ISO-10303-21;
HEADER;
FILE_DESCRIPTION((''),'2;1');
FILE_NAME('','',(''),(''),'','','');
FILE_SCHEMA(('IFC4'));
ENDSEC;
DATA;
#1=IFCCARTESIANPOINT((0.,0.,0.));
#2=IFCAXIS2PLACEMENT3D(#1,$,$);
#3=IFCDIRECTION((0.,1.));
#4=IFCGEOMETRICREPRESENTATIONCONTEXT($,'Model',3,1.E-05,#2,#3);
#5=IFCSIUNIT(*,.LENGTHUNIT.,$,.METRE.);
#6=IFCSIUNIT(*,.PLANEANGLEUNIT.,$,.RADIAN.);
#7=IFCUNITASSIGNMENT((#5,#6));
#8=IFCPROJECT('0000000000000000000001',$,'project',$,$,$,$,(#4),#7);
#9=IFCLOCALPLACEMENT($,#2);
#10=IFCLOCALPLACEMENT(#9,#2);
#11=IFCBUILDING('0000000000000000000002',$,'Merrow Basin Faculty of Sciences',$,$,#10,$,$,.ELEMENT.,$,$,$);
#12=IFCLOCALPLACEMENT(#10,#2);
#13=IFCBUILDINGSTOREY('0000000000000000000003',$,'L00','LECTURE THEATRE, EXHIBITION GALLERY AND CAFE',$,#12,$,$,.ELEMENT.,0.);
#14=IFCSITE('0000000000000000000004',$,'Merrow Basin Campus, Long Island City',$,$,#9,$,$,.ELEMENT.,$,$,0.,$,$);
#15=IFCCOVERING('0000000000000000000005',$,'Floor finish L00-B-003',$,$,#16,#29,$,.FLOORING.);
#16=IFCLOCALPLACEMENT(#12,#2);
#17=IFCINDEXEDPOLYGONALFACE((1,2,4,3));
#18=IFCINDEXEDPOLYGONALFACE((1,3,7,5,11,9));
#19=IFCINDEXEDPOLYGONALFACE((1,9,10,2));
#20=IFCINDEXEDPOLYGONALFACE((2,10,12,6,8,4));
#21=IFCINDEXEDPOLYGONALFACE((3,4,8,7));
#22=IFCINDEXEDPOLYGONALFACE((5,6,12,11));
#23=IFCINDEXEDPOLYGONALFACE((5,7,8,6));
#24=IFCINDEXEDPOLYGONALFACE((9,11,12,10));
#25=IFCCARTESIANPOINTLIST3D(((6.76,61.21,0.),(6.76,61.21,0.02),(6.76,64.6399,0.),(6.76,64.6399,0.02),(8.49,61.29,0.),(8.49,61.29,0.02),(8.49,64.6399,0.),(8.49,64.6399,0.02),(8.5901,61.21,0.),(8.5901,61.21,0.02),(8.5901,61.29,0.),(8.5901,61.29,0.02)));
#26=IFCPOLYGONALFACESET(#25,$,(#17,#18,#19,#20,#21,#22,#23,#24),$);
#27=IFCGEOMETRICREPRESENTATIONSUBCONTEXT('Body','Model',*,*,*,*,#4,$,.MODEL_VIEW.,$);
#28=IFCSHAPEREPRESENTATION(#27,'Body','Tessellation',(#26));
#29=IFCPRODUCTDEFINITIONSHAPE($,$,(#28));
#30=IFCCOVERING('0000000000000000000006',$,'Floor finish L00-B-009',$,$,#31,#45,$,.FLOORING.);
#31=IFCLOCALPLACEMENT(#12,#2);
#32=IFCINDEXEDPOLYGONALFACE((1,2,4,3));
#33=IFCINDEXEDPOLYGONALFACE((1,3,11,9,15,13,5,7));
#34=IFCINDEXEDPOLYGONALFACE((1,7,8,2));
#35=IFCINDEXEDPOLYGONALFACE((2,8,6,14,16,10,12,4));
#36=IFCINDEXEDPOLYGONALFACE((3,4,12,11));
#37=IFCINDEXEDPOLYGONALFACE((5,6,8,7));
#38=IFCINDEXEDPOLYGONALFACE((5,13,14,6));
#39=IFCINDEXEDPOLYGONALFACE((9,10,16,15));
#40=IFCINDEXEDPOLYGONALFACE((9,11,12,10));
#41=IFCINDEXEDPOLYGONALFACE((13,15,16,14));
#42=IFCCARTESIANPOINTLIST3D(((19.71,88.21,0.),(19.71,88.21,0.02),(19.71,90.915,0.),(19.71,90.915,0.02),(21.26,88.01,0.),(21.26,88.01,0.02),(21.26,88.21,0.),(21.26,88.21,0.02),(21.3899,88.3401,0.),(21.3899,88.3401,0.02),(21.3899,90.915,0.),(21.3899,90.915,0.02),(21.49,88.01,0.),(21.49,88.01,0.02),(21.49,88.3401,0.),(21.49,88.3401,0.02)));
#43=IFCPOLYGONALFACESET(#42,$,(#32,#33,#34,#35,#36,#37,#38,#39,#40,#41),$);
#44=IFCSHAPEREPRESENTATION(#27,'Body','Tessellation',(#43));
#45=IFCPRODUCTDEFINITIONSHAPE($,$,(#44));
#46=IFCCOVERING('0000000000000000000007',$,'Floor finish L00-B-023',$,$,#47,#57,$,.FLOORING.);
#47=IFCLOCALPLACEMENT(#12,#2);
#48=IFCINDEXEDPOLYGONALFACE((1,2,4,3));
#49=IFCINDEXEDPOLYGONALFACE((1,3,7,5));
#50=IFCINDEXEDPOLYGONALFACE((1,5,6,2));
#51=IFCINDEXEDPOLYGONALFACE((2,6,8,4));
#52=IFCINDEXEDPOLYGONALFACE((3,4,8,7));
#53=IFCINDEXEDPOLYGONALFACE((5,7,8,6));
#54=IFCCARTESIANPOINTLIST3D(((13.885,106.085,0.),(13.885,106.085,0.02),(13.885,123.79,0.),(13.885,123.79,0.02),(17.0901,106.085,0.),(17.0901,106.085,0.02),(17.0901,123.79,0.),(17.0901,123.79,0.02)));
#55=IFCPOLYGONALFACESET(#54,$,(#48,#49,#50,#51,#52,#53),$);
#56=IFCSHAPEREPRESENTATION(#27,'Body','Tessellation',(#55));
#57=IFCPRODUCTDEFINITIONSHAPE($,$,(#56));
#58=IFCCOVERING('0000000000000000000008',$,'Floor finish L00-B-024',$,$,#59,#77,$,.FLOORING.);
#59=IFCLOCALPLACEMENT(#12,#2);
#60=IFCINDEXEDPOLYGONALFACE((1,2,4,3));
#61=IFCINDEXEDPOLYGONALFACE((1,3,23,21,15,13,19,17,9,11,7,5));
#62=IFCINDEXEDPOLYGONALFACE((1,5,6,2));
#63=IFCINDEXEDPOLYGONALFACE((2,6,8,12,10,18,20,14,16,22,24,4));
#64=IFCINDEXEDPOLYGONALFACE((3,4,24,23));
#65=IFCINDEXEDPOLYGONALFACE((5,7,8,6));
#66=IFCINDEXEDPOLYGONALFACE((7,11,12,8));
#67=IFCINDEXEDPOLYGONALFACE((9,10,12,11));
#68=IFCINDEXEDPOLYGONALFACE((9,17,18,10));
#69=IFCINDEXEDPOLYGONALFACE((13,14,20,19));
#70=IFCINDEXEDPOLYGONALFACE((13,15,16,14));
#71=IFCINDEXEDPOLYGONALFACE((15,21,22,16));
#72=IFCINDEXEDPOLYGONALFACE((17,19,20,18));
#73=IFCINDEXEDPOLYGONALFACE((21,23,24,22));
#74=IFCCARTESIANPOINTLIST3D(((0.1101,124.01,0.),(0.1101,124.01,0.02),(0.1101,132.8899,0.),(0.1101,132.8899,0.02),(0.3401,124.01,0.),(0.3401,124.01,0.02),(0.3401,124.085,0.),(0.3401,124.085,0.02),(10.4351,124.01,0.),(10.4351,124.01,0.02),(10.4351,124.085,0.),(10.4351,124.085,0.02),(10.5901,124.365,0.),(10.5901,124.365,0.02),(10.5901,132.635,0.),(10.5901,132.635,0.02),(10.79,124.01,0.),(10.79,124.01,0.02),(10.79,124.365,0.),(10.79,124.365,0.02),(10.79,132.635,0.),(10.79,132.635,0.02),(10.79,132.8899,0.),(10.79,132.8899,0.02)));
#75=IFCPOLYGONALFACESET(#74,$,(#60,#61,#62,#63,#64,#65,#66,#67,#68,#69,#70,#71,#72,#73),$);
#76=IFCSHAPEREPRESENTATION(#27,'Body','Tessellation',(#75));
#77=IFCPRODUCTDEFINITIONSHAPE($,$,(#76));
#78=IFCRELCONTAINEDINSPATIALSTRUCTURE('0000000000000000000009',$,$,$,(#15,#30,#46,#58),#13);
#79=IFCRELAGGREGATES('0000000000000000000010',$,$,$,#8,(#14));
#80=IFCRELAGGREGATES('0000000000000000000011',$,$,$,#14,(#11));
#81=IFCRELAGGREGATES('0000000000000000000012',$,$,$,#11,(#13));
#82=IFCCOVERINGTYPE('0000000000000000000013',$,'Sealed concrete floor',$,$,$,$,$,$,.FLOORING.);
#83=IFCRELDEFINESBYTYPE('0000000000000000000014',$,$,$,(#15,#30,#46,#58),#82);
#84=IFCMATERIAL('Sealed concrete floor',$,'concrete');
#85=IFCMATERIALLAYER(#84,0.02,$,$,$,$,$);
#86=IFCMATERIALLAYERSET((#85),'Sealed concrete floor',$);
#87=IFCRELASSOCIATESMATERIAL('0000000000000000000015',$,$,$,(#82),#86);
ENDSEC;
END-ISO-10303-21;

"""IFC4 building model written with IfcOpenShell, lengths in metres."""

from ifc_helpers import new_model, si_unit, direction, origin, place, context, subcontext, project, spatial, polyline, outline, extrude, material, layer, layer_set, type_object, element, save


model = new_model("IFC4")

# Units and contexts
model_context = context("Model", 3, precision=1e-05, world=origin(), true_north=direction((0.0, 1.0)))
body_context = subcontext(model_context, "Body", "Model", "MODEL_VIEW")
ifc_project = project(units=[si_unit("LENGTHUNIT", "METRE"), si_unit("PLANEANGLEUNIT", "RADIAN")], contexts=[model_context])

# Site, building, storey
site_placement = place(None, origin())
site = spatial("IfcSite", under=ifc_project, at=site_placement, Name="Merrow Basin Campus, Long Island City", CompositionType="ELEMENT", RefElevation=0.0)
building_placement = place(site_placement, origin())
building = spatial("IfcBuilding", under=site, at=building_placement, Name="Merrow Basin Faculty of Sciences", CompositionType="ELEMENT")
storey_placement = place(building_placement, origin())
storey = spatial("IfcBuildingStorey", under=building, at=storey_placement, Name="L00", Description="LECTURE THEATRE, EXHIBITION GALLERY AND CAFE", CompositionType="ELEMENT", Elevation=0.0)

# Coverings
ifc_material_1 = material(Name="Sealed concrete floor", Category="concrete")
ifc_layer_1 = layer(ifc_material_1, 0.02)
ifc_layer_set_1 = layer_set([ifc_layer_1], Name="Sealed concrete floor")
covering_type_1 = type_object("IfcCoveringType", Name="Sealed concrete floor", PredefinedType="FLOORING", material=ifc_layer_set_1)
covering_1_placement = place(storey_placement, origin())
element("IfcCovering", 1, at=covering_1_placement, inside=storey, type_object=covering_type_1, Name="Floor finish L00-B-003", PredefinedType="FLOORING", context=body_context, shape_type="SweptSolid", body=[
    extrude(outline(polyline([(8.5901, 61.21), (6.76, 61.21), (6.76, 64.6399), (8.49, 64.6399), (8.49, 61.29), (8.5901, 61.29), (8.5901, 61.21)])), origin(), (0.0, 0.0, 1.0), 0.02),
])
covering_2_placement = place(storey_placement, origin())
element("IfcCovering", 2, at=covering_2_placement, inside=storey, type_object=covering_type_1, Name="Floor finish L00-B-009", PredefinedType="FLOORING", context=body_context, shape_type="SweptSolid", body=[
    extrude(outline(polyline([(21.3899, 90.915), (21.3899, 88.3401), (21.49, 88.3401), (21.49, 88.01), (21.26, 88.01), (21.26, 88.21), (19.71, 88.21), (19.71, 90.915), (21.3899, 90.915)])), origin(), (0.0, 0.0, 1.0), 0.02),
])
covering_3_placement = place(storey_placement, origin())
element("IfcCovering", 3, at=covering_3_placement, inside=storey, type_object=covering_type_1, Name="Floor finish L00-B-023", PredefinedType="FLOORING", context=body_context, shape_type="SweptSolid", body=[
    extrude(outline(polyline([(17.0901, 106.085), (13.885, 106.085), (13.885, 123.79), (17.0901, 123.79), (17.0901, 106.085)])), origin(), (0.0, 0.0, 1.0), 0.02),
])
covering_4_placement = place(storey_placement, origin())
element("IfcCovering", 4, at=covering_4_placement, inside=storey, type_object=covering_type_1, Name="Floor finish L00-B-024", PredefinedType="FLOORING", context=body_context, shape_type="SweptSolid", body=[
    extrude(outline(polyline([(10.4351, 124.01), (10.4351, 124.085), (0.3401, 124.085), (0.3401, 124.01), (0.1101, 124.01), (0.1101, 132.8899), (10.79, 132.8899), (10.79, 132.635), (10.5901, 132.635), (10.5901, 124.365), (10.79, 124.365), (10.79, 124.01), (10.4351, 124.01)])), origin(), (0.0, 0.0, 1.0), 0.02),
])

save(model, "model.ifc")
